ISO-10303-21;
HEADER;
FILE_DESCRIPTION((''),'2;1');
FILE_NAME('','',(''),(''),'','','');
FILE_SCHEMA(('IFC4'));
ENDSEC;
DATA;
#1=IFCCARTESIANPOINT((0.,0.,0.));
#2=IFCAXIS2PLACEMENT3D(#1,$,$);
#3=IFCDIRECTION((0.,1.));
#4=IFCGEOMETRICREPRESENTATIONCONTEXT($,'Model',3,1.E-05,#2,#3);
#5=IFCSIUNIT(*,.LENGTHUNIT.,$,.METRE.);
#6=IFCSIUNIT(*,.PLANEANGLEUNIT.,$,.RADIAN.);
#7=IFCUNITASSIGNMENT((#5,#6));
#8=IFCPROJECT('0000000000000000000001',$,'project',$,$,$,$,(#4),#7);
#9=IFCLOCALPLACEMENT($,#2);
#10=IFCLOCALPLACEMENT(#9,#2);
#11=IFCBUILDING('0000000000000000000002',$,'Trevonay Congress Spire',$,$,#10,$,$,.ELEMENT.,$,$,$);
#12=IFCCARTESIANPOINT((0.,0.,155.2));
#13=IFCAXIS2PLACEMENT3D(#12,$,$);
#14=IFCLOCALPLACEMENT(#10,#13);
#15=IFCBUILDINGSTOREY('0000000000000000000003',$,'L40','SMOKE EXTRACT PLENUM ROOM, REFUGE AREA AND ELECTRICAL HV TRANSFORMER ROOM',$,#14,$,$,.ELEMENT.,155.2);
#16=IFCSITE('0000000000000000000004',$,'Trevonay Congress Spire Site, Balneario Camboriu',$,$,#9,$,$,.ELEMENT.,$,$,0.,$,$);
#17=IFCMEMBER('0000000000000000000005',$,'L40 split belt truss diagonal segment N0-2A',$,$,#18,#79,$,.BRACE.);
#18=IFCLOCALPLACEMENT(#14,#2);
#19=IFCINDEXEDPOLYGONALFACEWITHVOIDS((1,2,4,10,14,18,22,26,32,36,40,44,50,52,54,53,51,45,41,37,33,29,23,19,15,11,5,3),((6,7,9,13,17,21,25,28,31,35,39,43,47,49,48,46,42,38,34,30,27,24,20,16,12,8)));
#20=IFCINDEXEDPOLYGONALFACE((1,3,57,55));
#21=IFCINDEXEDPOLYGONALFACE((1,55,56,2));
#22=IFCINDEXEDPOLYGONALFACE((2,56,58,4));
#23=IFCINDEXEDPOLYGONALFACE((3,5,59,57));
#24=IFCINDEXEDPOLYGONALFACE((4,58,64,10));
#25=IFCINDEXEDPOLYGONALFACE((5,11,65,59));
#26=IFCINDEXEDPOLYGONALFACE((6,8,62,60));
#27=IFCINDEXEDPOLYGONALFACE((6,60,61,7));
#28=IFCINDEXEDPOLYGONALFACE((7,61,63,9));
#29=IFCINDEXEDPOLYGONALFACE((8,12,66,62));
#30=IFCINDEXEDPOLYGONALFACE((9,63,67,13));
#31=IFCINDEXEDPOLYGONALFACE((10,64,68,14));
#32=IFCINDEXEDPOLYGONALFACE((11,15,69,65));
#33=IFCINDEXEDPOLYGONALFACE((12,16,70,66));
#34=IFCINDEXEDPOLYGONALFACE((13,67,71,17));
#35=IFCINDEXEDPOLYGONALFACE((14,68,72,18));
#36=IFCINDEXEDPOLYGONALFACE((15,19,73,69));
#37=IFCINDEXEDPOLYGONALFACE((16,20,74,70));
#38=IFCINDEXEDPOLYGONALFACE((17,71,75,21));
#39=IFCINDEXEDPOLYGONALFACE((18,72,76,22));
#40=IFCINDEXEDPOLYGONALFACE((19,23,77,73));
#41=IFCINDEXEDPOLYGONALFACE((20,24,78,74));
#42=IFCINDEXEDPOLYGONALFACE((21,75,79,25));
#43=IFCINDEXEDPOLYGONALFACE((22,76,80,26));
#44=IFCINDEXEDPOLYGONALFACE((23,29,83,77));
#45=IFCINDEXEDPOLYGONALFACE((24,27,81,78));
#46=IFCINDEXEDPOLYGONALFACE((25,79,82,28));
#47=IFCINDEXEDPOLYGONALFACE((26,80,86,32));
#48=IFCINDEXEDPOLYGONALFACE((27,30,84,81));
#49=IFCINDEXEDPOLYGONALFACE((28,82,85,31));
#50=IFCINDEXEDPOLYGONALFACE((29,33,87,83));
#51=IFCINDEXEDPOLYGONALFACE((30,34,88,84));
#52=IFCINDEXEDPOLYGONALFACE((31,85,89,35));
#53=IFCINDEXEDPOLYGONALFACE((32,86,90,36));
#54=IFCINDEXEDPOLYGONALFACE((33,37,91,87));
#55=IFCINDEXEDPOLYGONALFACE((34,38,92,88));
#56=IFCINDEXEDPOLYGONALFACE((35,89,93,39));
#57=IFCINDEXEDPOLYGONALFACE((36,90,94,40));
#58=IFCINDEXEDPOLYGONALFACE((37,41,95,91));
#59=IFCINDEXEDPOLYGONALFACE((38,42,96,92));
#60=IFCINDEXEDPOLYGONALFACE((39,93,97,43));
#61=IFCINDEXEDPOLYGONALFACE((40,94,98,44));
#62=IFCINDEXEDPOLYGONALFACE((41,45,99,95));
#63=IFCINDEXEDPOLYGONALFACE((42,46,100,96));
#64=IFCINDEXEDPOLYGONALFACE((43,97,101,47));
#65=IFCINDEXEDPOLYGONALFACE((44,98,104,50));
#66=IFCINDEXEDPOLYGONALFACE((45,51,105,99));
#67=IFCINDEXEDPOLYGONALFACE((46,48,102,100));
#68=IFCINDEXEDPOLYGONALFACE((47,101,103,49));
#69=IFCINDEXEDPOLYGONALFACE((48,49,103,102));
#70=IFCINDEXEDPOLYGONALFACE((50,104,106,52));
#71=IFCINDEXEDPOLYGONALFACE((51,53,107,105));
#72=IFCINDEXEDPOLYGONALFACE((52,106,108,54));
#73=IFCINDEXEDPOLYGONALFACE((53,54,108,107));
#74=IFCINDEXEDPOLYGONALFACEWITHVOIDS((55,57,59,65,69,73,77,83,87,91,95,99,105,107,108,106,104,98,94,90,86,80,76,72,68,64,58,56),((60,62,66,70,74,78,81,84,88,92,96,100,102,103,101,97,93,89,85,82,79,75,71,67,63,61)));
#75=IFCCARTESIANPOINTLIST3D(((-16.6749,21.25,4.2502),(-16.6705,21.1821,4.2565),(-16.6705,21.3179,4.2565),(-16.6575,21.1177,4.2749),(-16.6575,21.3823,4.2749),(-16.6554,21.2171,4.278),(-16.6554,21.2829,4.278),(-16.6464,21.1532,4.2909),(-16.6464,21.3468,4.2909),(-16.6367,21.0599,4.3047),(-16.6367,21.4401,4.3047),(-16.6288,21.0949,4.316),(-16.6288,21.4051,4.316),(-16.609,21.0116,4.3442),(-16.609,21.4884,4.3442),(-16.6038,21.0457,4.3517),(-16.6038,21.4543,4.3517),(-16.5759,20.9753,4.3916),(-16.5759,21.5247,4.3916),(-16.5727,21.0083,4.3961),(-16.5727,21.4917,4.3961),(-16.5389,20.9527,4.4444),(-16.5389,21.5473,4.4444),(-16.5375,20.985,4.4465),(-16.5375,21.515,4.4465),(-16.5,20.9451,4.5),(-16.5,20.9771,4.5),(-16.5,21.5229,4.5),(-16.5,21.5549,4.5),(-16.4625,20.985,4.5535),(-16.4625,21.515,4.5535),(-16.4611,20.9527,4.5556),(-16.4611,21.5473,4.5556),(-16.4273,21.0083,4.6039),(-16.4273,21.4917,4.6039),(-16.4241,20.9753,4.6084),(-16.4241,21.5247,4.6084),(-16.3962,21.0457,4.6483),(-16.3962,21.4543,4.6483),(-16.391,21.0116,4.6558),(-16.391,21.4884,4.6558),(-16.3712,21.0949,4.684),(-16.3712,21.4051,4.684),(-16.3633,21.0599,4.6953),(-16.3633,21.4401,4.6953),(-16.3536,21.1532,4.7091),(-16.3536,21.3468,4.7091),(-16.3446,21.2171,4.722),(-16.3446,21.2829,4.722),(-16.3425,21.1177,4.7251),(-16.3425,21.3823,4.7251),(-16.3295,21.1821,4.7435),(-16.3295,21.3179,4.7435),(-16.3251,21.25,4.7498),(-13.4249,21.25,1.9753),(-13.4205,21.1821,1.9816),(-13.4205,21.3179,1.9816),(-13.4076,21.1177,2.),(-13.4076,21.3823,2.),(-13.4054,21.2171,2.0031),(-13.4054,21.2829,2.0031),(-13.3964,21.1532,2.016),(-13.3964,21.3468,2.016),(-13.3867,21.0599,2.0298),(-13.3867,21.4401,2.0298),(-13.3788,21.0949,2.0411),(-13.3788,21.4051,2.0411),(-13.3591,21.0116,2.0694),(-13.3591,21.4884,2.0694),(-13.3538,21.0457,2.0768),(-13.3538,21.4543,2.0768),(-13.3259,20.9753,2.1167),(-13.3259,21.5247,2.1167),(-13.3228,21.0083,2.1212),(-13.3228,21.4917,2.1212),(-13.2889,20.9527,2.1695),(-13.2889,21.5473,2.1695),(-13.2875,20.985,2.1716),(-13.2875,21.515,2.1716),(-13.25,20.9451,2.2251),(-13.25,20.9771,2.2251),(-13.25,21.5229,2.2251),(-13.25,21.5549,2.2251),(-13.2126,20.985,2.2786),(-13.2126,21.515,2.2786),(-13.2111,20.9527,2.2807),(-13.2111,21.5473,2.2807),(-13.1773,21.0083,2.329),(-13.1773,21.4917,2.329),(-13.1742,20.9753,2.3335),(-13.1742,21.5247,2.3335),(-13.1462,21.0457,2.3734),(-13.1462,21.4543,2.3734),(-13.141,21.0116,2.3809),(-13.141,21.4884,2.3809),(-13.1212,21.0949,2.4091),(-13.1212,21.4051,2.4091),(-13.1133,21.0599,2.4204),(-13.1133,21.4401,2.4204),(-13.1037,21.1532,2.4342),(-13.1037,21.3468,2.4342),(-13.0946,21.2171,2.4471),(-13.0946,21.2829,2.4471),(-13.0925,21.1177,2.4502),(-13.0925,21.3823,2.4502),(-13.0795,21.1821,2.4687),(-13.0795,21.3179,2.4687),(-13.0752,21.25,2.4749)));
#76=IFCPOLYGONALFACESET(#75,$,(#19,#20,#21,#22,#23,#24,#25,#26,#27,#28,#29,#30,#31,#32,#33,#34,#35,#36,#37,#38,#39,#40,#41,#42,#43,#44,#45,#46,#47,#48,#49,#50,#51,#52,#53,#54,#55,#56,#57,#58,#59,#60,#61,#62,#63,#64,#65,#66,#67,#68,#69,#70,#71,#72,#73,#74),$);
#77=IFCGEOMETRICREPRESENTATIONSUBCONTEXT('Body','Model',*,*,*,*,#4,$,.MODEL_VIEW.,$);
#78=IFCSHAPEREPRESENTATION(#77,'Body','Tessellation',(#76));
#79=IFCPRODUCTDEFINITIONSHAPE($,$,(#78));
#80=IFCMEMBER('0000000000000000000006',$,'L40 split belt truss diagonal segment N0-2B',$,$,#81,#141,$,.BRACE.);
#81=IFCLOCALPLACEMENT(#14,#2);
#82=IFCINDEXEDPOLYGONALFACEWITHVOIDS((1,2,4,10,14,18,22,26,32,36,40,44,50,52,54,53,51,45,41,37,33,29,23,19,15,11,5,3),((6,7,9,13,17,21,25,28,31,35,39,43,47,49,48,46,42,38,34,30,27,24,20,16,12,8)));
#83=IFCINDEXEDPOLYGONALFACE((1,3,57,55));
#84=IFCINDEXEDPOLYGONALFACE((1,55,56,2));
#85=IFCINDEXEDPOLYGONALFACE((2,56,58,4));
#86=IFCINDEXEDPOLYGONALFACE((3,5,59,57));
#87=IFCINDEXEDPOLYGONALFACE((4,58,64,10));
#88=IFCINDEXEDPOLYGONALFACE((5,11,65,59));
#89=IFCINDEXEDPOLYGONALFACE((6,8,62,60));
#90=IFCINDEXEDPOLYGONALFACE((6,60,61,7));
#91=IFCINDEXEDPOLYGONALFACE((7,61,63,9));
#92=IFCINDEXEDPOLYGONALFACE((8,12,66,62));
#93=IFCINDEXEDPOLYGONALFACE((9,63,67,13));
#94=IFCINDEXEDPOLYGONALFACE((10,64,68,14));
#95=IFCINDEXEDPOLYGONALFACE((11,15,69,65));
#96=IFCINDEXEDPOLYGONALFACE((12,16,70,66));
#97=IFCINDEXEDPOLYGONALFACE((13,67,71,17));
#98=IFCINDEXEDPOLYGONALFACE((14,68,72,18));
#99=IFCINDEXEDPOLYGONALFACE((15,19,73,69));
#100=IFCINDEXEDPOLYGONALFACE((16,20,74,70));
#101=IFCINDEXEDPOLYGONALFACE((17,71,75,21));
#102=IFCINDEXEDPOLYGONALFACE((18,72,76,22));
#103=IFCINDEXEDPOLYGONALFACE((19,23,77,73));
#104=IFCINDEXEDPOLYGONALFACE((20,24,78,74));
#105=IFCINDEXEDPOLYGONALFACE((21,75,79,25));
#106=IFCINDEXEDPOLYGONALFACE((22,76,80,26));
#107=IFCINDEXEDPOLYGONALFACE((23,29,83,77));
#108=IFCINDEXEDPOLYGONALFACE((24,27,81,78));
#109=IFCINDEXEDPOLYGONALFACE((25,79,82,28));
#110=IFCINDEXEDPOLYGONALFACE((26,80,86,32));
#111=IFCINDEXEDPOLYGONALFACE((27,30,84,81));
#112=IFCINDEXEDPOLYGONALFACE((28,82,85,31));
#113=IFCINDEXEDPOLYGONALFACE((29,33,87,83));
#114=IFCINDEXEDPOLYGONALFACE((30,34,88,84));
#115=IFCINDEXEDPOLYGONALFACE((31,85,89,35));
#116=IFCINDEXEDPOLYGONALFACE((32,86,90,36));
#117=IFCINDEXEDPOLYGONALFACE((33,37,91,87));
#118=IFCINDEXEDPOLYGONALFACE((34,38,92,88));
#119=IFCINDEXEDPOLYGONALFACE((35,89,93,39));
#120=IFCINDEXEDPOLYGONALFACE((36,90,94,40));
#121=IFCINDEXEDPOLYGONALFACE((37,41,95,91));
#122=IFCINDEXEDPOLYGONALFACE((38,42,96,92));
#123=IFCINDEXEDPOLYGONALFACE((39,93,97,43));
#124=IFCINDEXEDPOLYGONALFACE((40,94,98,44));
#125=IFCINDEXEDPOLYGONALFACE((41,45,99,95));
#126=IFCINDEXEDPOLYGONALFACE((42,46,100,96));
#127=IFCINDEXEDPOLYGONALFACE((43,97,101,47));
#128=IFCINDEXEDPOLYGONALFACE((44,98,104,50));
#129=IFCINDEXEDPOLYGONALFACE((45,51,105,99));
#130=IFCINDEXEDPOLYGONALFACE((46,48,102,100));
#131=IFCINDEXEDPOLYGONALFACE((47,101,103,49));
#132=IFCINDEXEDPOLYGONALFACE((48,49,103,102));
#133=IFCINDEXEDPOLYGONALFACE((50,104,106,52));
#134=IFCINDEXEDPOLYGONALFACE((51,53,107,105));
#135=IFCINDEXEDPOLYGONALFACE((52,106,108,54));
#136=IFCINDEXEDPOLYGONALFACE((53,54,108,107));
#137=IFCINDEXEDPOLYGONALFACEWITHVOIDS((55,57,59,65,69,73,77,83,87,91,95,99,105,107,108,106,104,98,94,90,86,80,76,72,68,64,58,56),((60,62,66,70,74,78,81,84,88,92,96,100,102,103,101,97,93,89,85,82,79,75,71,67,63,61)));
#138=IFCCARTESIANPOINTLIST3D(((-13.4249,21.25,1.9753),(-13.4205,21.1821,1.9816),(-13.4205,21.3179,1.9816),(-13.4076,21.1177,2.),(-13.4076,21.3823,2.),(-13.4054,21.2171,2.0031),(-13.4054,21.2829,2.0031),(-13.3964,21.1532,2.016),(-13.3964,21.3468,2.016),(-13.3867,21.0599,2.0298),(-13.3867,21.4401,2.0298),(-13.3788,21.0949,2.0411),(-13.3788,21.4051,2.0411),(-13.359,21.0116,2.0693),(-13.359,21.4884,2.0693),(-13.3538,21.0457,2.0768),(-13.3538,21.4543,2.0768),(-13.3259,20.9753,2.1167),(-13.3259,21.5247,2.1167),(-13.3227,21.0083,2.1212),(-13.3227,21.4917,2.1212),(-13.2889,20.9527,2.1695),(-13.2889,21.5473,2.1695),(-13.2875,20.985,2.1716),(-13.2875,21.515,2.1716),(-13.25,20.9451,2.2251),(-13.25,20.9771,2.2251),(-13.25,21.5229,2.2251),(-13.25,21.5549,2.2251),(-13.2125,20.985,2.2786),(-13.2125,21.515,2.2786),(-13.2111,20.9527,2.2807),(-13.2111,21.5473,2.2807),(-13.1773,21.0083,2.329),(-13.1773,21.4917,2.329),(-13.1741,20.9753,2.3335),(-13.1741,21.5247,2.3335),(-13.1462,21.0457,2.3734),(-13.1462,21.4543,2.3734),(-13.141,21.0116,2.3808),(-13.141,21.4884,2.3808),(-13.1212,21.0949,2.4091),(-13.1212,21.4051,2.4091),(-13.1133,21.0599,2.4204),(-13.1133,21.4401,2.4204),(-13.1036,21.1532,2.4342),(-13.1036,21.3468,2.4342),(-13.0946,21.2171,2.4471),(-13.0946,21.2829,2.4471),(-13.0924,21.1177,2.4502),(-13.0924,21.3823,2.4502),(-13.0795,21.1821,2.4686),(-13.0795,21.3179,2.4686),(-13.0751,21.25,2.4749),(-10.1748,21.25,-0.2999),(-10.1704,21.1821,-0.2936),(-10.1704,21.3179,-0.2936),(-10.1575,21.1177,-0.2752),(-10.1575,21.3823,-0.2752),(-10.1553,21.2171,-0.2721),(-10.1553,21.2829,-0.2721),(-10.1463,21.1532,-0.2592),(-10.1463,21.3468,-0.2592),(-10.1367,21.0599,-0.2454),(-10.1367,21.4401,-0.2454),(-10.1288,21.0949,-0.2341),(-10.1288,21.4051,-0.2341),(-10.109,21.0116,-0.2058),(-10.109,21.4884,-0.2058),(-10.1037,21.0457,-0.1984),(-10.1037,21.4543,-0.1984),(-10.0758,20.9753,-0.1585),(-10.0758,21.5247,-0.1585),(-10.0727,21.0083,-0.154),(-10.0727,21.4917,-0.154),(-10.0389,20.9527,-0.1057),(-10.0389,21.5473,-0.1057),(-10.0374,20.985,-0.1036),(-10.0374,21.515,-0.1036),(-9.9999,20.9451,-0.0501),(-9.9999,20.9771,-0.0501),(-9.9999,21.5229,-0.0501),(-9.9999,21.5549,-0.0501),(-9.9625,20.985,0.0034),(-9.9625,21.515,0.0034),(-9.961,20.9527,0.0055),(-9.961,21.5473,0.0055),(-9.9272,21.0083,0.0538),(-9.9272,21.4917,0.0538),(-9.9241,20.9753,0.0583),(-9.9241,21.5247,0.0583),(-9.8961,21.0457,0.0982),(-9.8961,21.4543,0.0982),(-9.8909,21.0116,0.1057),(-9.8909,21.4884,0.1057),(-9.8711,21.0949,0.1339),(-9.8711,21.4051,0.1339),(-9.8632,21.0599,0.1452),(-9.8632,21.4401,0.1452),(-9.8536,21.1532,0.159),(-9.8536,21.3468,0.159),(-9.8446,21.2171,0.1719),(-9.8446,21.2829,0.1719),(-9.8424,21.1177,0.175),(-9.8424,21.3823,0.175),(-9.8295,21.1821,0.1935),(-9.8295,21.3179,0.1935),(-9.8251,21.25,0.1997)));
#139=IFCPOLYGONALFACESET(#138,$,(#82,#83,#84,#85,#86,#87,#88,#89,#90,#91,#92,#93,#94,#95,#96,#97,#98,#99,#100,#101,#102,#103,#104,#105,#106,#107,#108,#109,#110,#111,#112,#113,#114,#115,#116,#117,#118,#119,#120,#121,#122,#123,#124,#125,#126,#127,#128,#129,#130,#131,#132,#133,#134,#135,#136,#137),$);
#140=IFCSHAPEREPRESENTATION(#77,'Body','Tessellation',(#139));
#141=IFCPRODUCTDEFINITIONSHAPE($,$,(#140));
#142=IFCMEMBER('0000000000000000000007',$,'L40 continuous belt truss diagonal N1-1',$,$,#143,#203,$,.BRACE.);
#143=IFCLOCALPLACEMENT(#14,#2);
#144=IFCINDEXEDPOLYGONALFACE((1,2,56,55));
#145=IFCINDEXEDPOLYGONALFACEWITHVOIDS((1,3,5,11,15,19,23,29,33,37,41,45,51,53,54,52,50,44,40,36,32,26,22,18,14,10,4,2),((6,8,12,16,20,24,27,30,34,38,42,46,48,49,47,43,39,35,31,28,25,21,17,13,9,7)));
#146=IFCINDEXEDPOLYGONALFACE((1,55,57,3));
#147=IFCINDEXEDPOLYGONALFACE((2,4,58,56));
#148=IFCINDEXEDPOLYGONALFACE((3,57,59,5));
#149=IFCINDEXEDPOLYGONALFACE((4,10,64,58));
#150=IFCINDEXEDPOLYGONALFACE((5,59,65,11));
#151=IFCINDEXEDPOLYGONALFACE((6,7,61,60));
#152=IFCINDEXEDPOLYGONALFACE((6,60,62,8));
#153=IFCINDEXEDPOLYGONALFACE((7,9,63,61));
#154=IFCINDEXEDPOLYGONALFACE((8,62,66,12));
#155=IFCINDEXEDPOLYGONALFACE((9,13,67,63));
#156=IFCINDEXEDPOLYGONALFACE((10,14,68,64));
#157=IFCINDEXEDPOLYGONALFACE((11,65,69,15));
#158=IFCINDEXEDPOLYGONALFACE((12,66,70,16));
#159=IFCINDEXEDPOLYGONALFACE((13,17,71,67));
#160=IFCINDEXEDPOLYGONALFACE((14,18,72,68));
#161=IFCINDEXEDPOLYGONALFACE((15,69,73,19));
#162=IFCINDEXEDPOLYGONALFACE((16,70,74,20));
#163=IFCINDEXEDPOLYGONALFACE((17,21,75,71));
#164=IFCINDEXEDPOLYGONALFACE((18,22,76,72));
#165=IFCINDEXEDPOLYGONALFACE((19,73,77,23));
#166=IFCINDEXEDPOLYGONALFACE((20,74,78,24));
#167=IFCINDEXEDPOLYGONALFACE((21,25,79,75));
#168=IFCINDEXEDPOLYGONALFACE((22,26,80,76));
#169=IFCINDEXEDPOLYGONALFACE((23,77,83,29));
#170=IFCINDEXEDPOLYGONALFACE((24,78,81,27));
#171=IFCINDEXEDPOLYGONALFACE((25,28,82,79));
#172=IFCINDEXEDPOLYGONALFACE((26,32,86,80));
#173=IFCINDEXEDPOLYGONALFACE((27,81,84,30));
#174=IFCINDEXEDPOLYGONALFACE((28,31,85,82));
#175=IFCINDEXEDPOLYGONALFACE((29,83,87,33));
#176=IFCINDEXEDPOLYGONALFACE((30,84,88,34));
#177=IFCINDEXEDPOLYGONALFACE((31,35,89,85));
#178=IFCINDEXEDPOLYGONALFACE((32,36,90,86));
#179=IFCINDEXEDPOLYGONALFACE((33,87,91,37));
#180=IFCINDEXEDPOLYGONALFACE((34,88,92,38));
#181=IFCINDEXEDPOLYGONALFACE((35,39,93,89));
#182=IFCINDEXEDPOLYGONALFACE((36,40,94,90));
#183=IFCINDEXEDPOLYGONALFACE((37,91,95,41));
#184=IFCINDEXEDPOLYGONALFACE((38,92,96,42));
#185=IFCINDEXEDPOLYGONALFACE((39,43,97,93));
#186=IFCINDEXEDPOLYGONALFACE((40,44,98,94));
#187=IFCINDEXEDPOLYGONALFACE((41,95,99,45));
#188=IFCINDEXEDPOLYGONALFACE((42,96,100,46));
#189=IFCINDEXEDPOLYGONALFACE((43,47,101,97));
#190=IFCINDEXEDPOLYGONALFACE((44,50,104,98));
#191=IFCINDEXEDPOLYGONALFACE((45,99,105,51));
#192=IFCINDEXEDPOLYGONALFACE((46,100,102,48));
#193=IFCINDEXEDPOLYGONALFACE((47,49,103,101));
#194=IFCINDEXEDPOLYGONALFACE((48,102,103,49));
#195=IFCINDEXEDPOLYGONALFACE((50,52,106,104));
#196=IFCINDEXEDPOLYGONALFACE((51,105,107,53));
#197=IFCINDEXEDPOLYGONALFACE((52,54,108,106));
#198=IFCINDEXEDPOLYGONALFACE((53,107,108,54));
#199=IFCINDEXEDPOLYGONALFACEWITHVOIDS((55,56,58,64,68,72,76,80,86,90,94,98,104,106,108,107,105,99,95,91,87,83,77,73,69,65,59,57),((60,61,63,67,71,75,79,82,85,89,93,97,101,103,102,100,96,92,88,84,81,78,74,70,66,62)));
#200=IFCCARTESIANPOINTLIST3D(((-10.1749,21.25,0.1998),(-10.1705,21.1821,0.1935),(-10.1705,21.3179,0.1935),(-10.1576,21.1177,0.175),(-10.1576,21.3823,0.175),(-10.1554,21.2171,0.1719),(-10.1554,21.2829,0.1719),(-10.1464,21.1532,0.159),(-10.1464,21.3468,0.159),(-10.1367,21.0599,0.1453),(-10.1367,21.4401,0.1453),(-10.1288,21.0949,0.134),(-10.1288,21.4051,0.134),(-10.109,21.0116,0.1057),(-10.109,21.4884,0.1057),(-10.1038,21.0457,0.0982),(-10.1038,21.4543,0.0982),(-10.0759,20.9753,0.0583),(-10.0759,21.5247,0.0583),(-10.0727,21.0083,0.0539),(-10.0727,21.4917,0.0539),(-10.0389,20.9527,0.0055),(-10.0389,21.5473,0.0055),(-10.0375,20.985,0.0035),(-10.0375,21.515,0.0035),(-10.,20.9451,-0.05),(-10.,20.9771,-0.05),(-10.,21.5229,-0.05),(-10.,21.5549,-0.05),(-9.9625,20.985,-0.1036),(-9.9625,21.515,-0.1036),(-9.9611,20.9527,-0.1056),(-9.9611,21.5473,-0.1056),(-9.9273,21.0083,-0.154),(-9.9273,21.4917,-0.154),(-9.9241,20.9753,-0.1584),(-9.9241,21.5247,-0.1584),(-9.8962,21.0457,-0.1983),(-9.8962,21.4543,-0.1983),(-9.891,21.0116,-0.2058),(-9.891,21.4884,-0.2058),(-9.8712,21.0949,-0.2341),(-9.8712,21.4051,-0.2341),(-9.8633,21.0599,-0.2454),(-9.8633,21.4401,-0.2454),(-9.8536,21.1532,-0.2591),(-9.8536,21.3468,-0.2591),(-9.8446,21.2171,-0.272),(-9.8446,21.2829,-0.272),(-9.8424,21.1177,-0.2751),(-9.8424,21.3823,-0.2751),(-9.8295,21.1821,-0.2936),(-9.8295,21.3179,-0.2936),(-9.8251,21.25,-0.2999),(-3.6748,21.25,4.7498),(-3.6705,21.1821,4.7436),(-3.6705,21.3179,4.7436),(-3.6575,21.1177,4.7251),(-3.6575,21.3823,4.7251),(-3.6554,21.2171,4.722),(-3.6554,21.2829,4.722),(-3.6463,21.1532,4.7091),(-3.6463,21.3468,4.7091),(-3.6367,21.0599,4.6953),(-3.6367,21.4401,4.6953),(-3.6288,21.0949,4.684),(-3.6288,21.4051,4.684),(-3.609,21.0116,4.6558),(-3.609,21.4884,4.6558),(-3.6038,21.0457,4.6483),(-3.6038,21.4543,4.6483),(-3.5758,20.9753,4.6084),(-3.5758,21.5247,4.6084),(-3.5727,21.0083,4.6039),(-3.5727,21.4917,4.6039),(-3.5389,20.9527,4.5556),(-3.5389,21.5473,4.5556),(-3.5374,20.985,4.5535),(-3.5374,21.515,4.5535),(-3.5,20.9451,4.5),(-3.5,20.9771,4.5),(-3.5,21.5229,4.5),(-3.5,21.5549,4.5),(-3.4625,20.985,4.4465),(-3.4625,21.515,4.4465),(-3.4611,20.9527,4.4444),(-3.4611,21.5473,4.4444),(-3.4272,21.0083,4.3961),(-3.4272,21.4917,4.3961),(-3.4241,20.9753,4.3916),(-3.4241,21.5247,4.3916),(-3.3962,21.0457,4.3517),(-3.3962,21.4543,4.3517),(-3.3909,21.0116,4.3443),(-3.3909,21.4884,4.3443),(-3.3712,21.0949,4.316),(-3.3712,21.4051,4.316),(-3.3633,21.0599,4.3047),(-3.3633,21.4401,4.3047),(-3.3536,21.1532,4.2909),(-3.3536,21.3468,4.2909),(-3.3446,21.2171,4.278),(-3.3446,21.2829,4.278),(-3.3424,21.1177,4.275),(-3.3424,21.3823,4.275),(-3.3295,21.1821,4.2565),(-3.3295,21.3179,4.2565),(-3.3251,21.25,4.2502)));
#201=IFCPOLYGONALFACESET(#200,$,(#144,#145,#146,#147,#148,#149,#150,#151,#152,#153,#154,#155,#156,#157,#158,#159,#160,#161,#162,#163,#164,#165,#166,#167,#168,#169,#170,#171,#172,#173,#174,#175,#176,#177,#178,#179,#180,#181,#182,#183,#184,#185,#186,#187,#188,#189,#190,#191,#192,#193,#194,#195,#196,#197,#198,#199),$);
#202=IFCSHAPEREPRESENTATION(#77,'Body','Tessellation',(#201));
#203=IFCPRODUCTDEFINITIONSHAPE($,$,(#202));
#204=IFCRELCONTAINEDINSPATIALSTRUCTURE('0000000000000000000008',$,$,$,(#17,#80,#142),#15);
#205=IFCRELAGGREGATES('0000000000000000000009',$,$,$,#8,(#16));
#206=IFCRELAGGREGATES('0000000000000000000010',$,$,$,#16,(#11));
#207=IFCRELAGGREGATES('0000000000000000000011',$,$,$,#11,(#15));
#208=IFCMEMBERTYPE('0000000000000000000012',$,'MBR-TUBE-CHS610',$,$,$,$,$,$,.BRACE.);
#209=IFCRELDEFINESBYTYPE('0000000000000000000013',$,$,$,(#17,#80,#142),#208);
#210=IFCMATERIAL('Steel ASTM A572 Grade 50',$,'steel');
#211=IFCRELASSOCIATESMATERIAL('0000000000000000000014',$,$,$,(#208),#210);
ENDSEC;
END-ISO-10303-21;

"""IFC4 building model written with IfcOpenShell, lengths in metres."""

from ifc_helpers import new_model, si_unit, direction, frame, origin, origin_2d, place, context, subcontext, project, spatial, hollow_circle, extrude, material, material_profile, profile_set, type_object, element, save


model = new_model("IFC4")

# Units and contexts
model_context = context("Model", 3, precision=1e-05, world=origin(), true_north=direction((0.0, 1.0)))
body_context = subcontext(model_context, "Body", "Model", "MODEL_VIEW")
ifc_project = project(units=[si_unit("LENGTHUNIT", "METRE"), si_unit("PLANEANGLEUNIT", "RADIAN")], contexts=[model_context])

# Site, building, storey
site_placement = place(None, origin())
site = spatial("IfcSite", under=ifc_project, at=site_placement, Name="Trevonay Congress Spire Site, Balneario Camboriu", CompositionType="ELEMENT", RefElevation=0.0)
building_placement = place(site_placement, origin())
building = spatial("IfcBuilding", under=site, at=building_placement, Name="Trevonay Congress Spire", CompositionType="ELEMENT")
storey_placement = place(building_placement, frame((0.0, 0.0, 155.2)))
storey = spatial("IfcBuildingStorey", under=building, at=storey_placement, Name="L40", Description="SMOKE EXTRACT PLENUM ROOM, REFUGE AREA AND ELECTRICAL HV TRANSFORMER ROOM", CompositionType="ELEMENT", Elevation=155.2)

# Shared definitions
ifc_material_1 = material(Name="Steel ASTM A572 Grade 50", Category="steel")

# Members
ifc_material_profile_1 = material_profile(ifc_material_1, hollow_circle(Radius=0.3049, WallThickness=0.032, at=origin_2d()), Name="CHS 610x32")
ifc_profile_set_1 = profile_set([ifc_material_profile_1], Name="Steel ASTM A572 Grade 50")
member_type = type_object("IfcMemberType", Name="MBR-TUBE-CHS610", PredefinedType="BRACE", material=ifc_profile_set_1)
member_1_placement = place(storey_placement, frame((-16.5, 21.25, 4.5), z_axis=(0.819243, 0.0, -0.573446), x_axis=(0.0, 1.0, 0.0)))
element("IfcMember", 1, at=member_1_placement, inside=storey, type_object=member_type, Name="L40 split belt truss diagonal segment N0-2A", PredefinedType="BRACE", context=body_context, shape_type="SweptSolid", body=[
    extrude(hollow_circle(Radius=0.3049, WallThickness=0.032, at=origin_2d()), origin(), (0.0, 0.0, 1.0), 3.967),
])
member_2_placement = place(storey_placement, frame((-13.25, 21.25, 2.2251), z_axis=(0.819215, 0.0, -0.573487), x_axis=(0.0, 1.0, 0.0)))
element("IfcMember", 2, at=member_2_placement, inside=storey, type_object=member_type, Name="L40 split belt truss diagonal segment N0-2B", PredefinedType="BRACE", context=body_context, shape_type="SweptSolid", body=[
    extrude(hollow_circle(Radius=0.3049, WallThickness=0.032, at=origin_2d()), origin(), (0.0, 0.0, 1.0), 3.9673),
])
member_3_placement = place(storey_placement, frame((-10.0, 21.25, -0.05), z_axis=(0.819229, 0.0, 0.573466), x_axis=(0.0, 1.0, 0.0)))
element("IfcMember", 3, at=member_3_placement, inside=storey, type_object=member_type, Name="L40 continuous belt truss diagonal N1-1", PredefinedType="BRACE", context=body_context, shape_type="SweptSolid", body=[
    extrude(hollow_circle(Radius=0.3049, WallThickness=0.032, at=origin_2d()), origin(), (0.0, 0.0, 1.0), 7.9343),
])

save(model, "model.ifc")
